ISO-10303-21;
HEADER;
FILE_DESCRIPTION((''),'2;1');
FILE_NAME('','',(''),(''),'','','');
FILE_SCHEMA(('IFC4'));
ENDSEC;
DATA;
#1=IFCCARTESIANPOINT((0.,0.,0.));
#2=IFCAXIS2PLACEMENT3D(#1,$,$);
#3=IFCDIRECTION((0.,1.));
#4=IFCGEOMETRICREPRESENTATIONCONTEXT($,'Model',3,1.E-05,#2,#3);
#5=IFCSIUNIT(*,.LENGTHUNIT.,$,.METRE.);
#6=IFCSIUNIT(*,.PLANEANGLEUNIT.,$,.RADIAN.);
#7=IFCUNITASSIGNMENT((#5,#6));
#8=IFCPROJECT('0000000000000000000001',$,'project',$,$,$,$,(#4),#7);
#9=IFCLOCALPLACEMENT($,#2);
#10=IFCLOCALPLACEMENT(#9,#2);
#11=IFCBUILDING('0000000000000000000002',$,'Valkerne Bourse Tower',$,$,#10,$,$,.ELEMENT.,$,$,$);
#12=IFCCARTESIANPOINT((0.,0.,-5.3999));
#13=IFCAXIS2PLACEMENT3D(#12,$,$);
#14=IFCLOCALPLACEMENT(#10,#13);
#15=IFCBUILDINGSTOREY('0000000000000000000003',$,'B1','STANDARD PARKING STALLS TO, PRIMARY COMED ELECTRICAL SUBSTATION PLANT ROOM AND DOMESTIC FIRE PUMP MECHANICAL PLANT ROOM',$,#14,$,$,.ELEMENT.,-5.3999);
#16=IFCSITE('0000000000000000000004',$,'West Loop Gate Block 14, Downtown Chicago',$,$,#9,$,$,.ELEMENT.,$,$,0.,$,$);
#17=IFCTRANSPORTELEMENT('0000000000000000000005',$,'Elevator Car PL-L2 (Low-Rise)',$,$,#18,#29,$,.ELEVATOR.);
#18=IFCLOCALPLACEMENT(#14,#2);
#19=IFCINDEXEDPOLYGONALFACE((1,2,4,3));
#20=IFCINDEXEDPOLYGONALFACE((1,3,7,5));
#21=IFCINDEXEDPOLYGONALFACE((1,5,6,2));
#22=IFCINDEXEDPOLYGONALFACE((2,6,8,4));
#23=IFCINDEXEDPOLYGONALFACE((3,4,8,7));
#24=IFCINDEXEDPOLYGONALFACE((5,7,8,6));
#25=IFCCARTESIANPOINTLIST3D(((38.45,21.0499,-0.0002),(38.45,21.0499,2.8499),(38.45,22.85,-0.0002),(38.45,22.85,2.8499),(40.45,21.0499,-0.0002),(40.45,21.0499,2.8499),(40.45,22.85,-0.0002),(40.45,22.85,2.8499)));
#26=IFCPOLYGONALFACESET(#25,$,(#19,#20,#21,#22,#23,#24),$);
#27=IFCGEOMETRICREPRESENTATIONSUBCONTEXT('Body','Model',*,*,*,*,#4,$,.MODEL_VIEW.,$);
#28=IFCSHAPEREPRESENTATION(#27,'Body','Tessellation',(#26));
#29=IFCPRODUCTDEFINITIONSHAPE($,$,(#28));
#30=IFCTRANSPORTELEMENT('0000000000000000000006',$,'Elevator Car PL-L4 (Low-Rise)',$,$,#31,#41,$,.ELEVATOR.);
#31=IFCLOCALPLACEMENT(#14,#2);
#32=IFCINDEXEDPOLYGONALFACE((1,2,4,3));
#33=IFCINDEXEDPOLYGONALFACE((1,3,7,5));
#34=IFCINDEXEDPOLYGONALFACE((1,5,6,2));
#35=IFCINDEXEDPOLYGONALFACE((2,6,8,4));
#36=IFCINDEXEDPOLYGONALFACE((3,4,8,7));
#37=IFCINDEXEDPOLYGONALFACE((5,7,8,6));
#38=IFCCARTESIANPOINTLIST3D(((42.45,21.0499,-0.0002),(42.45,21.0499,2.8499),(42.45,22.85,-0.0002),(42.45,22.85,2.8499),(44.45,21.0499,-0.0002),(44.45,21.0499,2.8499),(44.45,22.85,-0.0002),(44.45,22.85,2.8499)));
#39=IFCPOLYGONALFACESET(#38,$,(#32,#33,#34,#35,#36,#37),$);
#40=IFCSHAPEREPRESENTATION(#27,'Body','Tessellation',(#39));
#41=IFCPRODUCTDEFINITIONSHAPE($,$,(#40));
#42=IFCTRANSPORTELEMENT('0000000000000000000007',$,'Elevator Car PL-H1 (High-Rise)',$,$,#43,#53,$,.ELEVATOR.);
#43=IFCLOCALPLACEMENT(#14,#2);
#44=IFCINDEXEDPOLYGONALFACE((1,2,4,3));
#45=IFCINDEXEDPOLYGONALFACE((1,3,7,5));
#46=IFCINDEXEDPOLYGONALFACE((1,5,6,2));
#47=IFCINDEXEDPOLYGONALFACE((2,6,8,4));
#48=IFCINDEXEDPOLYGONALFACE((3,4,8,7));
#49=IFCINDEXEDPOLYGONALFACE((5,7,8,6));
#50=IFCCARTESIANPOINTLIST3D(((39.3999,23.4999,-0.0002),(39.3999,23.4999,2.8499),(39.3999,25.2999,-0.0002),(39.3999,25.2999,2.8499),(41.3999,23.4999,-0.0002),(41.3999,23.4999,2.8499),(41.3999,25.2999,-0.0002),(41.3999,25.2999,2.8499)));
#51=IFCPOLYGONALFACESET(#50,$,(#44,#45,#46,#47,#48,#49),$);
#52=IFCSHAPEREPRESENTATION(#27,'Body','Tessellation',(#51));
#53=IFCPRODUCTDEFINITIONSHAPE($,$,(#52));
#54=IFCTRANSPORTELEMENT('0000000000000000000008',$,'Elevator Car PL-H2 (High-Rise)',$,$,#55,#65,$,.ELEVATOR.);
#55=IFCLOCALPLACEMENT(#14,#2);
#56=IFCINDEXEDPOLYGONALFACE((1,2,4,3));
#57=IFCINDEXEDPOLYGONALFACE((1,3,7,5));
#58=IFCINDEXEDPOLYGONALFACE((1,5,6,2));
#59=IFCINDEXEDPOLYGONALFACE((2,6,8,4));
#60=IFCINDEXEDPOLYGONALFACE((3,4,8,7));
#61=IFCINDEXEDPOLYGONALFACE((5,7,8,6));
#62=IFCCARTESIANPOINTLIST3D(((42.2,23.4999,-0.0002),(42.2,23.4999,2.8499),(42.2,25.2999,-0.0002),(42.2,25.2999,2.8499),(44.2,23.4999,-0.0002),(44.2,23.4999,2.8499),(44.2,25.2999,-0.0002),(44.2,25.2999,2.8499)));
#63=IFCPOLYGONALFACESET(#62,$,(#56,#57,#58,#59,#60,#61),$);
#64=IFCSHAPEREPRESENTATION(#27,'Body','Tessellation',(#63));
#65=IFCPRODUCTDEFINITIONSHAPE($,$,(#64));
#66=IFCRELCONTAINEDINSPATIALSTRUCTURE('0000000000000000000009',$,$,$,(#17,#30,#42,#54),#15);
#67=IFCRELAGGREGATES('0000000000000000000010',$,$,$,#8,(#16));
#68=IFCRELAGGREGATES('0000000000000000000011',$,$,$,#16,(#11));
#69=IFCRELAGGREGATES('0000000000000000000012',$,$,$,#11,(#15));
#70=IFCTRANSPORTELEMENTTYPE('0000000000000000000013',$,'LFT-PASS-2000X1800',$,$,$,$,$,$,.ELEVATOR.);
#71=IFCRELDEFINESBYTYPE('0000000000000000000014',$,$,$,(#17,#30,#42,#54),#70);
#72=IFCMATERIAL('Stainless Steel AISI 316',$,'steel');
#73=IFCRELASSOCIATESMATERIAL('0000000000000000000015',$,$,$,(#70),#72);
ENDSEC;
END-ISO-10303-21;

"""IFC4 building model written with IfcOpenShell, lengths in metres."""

from ifc_helpers import new_model, si_unit, direction, frame, origin, origin_2d, place, context, subcontext, project, spatial, rectangle, extrude, material, type_object, element, save


model = new_model("IFC4")

# Units and contexts
model_context = context("Model", 3, precision=1e-05, world=origin(), true_north=direction((0.0, 1.0)))
body_context = subcontext(model_context, "Body", "Model", "MODEL_VIEW")
ifc_project = project(units=[si_unit("LENGTHUNIT", "METRE"), si_unit("PLANEANGLEUNIT", "RADIAN")], contexts=[model_context])

# Site, building, storey
site_placement = place(None, origin())
site = spatial("IfcSite", under=ifc_project, at=site_placement, Name="West Loop Gate Block 14, Downtown Chicago", CompositionType="ELEMENT", RefElevation=0.0)
building_placement = place(site_placement, origin())
building = spatial("IfcBuilding", under=site, at=building_placement, Name="Valkerne Bourse Tower", CompositionType="ELEMENT")
storey_placement = place(building_placement, frame((0.0, 0.0, -5.3999)))
storey = spatial("IfcBuildingStorey", under=building, at=storey_placement, Name="B1", Description="STANDARD PARKING STALLS TO, PRIMARY COMED ELECTRICAL SUBSTATION PLANT ROOM AND DOMESTIC FIRE PUMP MECHANICAL PLANT ROOM", CompositionType="ELEMENT", Elevation=-5.3999)

# Shared definitions
ifc_material_1 = material(Name="Stainless Steel AISI 316", Category="steel")

# Transport elements
transport_element_type = type_object("IfcTransportElementType", Name="LFT-PASS-2000X1800", PredefinedType="ELEVATOR", material=ifc_material_1)
for number, where, z_axis, x_axis, name in (
    (1, (39.45, 21.95, -0.0002), (0.0, 0.0, 1.0), (1.0, 0.0, 0.0), "Elevator Car PL-L2 (Low-Rise)"),
    (2, (43.45, 21.95, -0.0002), (0.0, 0.0, 1.0), (1.0, 0.0, 0.0), "Elevator Car PL-L4 (Low-Rise)"),
    (3, (40.3999, 24.3999, -0.0002), (0.0, 0.0, 1.0), (1.0, 0.0, 0.0), "Elevator Car PL-H1 (High-Rise)"),
    (4, (43.2, 24.3999, -0.0002), (0.0, 0.0, 1.0), (1.0, 0.0, 0.0), "Elevator Car PL-H2 (High-Rise)"),
):
    element("IfcTransportElement", number, at=place(storey_placement, frame(where, z_axis=z_axis, x_axis=x_axis)), inside=storey, type_object=transport_element_type, Name=name, PredefinedType="ELEVATOR", context=body_context, shape_type="SweptSolid", body=[
        extrude(rectangle(XDim=2.0, YDim=1.8, at=origin_2d()), origin(), (0.0, 0.0, 1.0), 2.8501),
    ])

save(model, "model.ifc")
